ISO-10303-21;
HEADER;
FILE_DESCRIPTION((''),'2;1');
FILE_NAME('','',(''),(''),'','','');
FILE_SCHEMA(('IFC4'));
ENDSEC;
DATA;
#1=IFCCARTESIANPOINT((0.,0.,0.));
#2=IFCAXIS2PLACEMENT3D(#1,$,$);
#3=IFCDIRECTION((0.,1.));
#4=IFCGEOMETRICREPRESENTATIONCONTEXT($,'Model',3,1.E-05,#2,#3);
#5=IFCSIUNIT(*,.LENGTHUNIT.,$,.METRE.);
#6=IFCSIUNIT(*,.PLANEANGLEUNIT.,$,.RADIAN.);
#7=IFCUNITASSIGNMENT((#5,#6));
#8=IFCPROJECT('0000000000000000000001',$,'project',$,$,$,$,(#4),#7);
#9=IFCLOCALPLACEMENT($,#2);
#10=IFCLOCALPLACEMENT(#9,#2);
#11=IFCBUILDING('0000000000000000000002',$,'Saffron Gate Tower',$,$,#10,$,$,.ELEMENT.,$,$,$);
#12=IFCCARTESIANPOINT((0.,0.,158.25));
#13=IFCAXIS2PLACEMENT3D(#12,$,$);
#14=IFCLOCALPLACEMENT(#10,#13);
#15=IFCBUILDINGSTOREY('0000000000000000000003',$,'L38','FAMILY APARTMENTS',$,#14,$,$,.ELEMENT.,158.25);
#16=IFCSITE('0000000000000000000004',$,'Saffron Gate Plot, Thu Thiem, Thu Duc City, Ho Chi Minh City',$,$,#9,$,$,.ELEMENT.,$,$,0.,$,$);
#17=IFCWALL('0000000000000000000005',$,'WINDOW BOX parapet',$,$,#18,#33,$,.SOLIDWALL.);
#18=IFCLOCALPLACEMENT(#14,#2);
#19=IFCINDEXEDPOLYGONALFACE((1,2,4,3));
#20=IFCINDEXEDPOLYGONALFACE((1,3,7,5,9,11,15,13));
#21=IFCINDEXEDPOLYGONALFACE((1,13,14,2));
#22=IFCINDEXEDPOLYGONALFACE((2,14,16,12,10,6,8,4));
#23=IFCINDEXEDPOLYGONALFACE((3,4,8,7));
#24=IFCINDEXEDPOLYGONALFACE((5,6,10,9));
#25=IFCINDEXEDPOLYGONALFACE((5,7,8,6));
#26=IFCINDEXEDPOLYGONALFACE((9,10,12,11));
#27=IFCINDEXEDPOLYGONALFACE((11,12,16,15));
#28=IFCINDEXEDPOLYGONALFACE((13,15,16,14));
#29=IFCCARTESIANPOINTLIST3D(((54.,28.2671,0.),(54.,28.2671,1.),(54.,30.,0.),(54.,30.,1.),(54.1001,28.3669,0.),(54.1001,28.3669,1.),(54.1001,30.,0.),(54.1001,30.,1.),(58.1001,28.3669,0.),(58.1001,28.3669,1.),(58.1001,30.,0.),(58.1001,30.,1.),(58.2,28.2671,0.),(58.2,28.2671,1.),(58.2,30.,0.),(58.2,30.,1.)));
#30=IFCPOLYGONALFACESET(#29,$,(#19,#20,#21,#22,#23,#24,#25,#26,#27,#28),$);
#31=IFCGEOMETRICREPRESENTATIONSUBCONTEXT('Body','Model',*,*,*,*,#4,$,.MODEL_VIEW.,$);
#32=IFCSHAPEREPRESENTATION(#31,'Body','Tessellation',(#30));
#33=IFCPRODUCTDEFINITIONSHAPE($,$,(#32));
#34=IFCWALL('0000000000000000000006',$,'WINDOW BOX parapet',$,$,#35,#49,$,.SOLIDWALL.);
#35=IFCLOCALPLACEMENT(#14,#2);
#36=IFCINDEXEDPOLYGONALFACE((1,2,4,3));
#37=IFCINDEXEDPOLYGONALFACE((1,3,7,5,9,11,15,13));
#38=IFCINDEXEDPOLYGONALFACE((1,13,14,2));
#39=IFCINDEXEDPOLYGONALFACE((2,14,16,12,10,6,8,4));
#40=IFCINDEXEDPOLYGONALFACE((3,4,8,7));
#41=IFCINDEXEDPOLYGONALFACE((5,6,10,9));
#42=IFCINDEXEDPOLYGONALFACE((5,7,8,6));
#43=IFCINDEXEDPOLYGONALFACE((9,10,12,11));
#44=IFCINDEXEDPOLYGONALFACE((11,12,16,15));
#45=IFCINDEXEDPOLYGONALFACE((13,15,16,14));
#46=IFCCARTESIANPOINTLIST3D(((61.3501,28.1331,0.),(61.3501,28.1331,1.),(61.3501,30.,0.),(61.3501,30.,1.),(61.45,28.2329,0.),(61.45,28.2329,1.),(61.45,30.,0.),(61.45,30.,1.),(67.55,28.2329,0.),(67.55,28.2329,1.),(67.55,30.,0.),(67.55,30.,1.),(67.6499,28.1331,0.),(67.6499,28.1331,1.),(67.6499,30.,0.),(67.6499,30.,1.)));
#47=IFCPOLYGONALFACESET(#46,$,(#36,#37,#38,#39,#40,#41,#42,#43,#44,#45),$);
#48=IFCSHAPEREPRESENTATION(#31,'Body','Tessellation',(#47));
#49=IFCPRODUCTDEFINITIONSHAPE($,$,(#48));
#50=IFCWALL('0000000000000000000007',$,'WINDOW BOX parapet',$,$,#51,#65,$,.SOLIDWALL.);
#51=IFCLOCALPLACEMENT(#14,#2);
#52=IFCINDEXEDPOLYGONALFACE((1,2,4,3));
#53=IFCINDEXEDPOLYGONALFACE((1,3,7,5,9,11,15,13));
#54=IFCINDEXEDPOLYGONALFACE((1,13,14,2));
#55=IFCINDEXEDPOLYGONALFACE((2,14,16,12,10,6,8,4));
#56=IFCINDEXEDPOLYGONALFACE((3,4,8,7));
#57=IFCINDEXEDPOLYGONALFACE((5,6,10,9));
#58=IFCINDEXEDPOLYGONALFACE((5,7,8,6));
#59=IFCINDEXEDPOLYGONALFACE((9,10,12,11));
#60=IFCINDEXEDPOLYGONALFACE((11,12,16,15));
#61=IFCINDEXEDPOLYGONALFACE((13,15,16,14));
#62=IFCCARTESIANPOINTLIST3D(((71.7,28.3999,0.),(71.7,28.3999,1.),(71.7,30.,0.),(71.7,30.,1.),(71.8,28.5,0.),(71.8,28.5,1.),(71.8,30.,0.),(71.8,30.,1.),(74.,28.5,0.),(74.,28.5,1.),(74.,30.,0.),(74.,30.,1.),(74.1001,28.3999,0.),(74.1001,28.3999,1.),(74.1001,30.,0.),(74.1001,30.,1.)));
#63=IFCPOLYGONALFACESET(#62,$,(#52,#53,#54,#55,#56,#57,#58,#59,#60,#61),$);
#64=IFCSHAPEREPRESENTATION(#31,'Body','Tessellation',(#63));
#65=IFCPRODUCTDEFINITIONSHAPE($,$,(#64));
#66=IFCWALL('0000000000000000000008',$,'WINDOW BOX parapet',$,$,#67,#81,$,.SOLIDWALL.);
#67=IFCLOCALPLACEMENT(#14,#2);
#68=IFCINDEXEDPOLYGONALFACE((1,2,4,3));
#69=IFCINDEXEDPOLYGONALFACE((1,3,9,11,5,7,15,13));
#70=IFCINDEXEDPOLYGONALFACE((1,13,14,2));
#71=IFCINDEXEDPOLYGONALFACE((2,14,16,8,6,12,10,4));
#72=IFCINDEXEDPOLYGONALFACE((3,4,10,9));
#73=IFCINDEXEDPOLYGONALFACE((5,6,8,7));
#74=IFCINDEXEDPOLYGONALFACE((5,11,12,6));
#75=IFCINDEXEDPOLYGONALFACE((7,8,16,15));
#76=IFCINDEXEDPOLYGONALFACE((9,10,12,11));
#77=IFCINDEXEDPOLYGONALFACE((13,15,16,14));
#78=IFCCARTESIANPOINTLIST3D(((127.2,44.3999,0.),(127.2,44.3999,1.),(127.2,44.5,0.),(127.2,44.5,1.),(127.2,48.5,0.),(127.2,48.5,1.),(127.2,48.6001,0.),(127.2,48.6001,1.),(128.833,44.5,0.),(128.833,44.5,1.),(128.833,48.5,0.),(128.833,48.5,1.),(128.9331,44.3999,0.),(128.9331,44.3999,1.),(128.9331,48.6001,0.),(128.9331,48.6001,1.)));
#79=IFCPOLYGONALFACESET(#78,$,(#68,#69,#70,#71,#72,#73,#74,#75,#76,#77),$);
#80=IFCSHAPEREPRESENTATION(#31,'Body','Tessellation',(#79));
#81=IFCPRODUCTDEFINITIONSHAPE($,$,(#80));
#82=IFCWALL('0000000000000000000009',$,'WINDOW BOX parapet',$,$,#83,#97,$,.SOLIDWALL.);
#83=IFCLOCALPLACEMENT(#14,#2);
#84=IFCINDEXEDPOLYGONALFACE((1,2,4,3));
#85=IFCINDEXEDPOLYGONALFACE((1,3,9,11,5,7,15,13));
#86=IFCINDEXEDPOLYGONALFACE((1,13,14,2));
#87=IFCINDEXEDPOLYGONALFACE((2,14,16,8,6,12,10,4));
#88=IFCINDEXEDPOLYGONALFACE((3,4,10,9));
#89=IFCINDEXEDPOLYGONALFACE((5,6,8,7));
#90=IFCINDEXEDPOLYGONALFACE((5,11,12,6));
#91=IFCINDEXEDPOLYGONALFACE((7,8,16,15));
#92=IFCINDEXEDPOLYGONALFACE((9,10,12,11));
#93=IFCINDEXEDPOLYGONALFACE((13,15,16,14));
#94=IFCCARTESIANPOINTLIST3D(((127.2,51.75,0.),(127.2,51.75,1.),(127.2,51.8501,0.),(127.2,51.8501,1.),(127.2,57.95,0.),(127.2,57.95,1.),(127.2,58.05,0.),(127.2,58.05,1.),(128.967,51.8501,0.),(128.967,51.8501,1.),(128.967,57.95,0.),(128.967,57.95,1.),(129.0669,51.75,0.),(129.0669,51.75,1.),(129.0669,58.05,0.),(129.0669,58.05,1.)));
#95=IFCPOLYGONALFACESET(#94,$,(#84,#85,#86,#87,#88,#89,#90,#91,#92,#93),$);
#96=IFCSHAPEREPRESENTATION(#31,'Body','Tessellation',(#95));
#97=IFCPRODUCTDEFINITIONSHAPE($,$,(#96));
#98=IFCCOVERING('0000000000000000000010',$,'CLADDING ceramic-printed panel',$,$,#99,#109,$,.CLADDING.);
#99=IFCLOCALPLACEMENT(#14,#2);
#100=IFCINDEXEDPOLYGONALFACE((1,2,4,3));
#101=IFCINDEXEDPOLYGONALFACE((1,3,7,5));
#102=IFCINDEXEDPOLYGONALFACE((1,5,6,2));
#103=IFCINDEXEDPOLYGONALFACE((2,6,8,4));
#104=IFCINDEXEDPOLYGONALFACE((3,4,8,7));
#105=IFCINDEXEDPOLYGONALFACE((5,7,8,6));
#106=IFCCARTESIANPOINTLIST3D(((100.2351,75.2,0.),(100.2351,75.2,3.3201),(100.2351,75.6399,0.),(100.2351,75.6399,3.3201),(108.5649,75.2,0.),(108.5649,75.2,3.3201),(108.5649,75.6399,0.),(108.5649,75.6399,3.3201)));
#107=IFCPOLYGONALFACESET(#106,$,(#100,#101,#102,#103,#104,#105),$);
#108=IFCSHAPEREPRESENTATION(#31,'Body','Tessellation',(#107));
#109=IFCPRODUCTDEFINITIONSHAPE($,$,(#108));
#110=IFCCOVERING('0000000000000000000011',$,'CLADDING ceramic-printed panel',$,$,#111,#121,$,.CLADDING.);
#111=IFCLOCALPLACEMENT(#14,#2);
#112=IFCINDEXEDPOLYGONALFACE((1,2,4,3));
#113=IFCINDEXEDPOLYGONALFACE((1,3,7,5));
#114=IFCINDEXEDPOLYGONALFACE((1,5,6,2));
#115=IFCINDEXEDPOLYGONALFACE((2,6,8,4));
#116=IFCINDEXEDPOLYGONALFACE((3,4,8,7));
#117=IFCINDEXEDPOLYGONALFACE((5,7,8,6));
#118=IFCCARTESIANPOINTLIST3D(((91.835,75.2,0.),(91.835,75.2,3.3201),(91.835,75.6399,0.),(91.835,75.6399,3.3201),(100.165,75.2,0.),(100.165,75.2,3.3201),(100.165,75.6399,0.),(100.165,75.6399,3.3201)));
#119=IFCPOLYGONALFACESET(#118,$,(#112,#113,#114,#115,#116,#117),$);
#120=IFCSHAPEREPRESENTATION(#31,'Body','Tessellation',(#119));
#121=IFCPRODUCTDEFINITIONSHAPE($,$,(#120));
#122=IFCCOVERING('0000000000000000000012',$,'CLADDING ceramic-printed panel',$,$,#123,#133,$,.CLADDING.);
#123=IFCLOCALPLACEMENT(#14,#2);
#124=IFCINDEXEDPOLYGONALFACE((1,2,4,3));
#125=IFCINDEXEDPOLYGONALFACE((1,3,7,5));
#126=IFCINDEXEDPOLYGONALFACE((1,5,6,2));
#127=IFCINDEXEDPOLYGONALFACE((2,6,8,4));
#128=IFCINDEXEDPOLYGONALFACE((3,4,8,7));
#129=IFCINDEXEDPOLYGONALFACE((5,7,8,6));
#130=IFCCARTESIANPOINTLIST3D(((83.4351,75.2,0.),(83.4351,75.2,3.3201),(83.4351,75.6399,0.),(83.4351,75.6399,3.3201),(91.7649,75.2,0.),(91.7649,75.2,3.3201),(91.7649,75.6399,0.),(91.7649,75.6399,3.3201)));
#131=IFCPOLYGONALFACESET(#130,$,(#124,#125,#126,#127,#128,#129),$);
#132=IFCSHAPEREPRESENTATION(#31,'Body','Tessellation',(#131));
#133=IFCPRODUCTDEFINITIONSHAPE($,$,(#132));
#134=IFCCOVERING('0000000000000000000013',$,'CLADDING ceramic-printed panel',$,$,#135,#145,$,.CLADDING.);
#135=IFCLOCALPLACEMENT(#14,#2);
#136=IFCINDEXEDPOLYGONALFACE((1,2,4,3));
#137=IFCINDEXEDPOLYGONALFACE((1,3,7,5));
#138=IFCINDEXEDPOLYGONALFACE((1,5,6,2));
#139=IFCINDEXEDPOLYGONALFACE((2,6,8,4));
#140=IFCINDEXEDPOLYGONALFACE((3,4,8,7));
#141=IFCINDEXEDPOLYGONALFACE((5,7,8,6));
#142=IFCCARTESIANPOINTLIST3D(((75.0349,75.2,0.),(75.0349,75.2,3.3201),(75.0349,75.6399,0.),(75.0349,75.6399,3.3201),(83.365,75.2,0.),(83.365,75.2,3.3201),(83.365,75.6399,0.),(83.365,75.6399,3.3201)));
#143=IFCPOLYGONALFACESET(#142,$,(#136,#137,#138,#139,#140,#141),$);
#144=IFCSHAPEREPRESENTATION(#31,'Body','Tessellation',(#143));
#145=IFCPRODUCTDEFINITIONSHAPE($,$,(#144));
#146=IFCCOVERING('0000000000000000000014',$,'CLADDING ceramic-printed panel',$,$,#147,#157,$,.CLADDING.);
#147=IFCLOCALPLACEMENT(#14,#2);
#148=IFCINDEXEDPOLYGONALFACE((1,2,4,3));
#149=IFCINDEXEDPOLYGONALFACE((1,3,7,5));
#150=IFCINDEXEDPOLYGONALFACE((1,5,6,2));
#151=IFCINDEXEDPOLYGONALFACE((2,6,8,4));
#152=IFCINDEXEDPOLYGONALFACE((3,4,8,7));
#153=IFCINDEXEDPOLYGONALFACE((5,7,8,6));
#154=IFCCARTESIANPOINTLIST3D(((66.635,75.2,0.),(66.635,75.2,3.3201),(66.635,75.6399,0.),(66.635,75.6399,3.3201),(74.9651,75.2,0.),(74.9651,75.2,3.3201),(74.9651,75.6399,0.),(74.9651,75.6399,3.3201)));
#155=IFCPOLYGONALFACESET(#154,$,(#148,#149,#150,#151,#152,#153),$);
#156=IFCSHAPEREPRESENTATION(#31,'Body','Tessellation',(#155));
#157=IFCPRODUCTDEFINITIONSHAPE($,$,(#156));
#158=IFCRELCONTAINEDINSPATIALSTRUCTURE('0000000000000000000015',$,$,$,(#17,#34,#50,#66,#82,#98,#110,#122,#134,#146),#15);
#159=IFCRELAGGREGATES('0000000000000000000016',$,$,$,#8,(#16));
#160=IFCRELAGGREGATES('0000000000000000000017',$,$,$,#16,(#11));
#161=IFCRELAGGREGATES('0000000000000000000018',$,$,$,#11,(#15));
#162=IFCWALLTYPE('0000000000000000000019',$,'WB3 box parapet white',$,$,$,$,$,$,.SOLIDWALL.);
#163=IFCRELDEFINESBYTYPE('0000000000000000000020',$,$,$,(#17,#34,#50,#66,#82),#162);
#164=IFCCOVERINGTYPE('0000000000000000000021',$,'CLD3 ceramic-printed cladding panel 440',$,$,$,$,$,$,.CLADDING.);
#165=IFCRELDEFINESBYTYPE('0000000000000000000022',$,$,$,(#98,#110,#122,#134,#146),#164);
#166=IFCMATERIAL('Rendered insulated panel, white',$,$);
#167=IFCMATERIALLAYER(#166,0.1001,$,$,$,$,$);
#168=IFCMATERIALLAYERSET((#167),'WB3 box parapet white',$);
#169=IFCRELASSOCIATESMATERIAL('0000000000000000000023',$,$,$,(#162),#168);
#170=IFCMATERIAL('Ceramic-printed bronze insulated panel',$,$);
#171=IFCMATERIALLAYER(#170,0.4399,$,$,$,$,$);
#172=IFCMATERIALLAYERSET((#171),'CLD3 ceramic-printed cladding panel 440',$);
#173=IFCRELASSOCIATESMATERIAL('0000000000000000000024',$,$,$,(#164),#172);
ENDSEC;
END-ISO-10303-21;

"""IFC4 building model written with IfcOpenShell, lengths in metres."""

from ifc_helpers import new_model, si_unit, direction, frame, origin, place, context, subcontext, project, spatial, polyline, outline, extrude, material, layer, layer_set, type_object, element, save


model = new_model("IFC4")

# Units and contexts
model_context = context("Model", 3, precision=1e-05, world=origin(), true_north=direction((0.0, 1.0)))
body_context = subcontext(model_context, "Body", "Model", "MODEL_VIEW")
ifc_project = project(units=[si_unit("LENGTHUNIT", "METRE"), si_unit("PLANEANGLEUNIT", "RADIAN")], contexts=[model_context])

# Site, building, storey
site_placement = place(None, origin())
site = spatial("IfcSite", under=ifc_project, at=site_placement, Name="Saffron Gate Plot, Thu Thiem, Thu Duc City, Ho Chi Minh City", CompositionType="ELEMENT", RefElevation=0.0)
building_placement = place(site_placement, origin())
building = spatial("IfcBuilding", under=site, at=building_placement, Name="Saffron Gate Tower", CompositionType="ELEMENT")
storey_placement = place(building_placement, frame((0.0, 0.0, 158.25)))
storey = spatial("IfcBuildingStorey", under=building, at=storey_placement, Name="L38", Description="FAMILY APARTMENTS", CompositionType="ELEMENT", Elevation=158.25)

# Walls
ifc_material_1 = material(Name="Rendered insulated panel, white")
ifc_layer_1 = layer(ifc_material_1, 0.1001)
ifc_layer_set_1 = layer_set([ifc_layer_1], Name="WB3 box parapet white")
wall_type = type_object("IfcWallType", Name="WB3 box parapet white", PredefinedType="SOLIDWALL", material=ifc_layer_set_1)
wall_1_placement = place(storey_placement, origin())
element("IfcWall", 1, at=wall_1_placement, inside=storey, type_object=wall_type, Name="WINDOW BOX parapet", PredefinedType="SOLIDWALL", context=body_context, shape_type="SweptSolid", body=[
    extrude(outline(polyline([(54.0, 30.0), (54.1001, 30.0), (54.1001, 28.3669), (58.1001, 28.3669), (58.1001, 30.0), (58.2, 30.0), (58.2, 28.2671), (54.0, 28.2671), (54.0, 30.0)])), origin(), (0.0, 0.0, 1.0), 1.0),
])
wall_2_placement = place(storey_placement, origin())
element("IfcWall", 2, at=wall_2_placement, inside=storey, type_object=wall_type, Name="WINDOW BOX parapet", PredefinedType="SOLIDWALL", context=body_context, shape_type="SweptSolid", body=[
    extrude(outline(polyline([(61.3501, 30.0), (61.45, 30.0), (61.45, 28.2329), (67.55, 28.2329), (67.55, 30.0), (67.6499, 30.0), (67.6499, 28.1331), (61.3501, 28.1331), (61.3501, 30.0)])), origin(), (0.0, 0.0, 1.0), 1.0),
])
wall_3_placement = place(storey_placement, origin())
element("IfcWall", 3, at=wall_3_placement, inside=storey, type_object=wall_type, Name="WINDOW BOX parapet", PredefinedType="SOLIDWALL", context=body_context, shape_type="SweptSolid", body=[
    extrude(outline(polyline([(71.7, 30.0), (71.8, 30.0), (71.8, 28.5), (74.0, 28.5), (74.0, 30.0), (74.1001, 30.0), (74.1001, 28.3999), (71.7, 28.3999), (71.7, 30.0)])), origin(), (0.0, 0.0, 1.0), 1.0),
])
wall_4_placement = place(storey_placement, origin())
element("IfcWall", 4, at=wall_4_placement, inside=storey, type_object=wall_type, Name="WINDOW BOX parapet", PredefinedType="SOLIDWALL", context=body_context, shape_type="SweptSolid", body=[
    extrude(outline(polyline([(127.2, 44.3999), (127.2, 44.5), (128.833, 44.5), (128.833, 48.5), (127.2, 48.5), (127.2, 48.6001), (128.9331, 48.6001), (128.9331, 44.3999), (127.2, 44.3999)])), origin(), (0.0, 0.0, 1.0), 1.0),
])
wall_5_placement = place(storey_placement, origin())
element("IfcWall", 5, at=wall_5_placement, inside=storey, type_object=wall_type, Name="WINDOW BOX parapet", PredefinedType="SOLIDWALL", context=body_context, shape_type="SweptSolid", body=[
    extrude(outline(polyline([(127.2, 51.75), (127.2, 51.8501), (128.967, 51.8501), (128.967, 57.95), (127.2, 57.95), (127.2, 58.05), (129.0669, 58.05), (129.0669, 51.75), (127.2, 51.75)])), origin(), (0.0, 0.0, 1.0), 1.0),
])

# Coverings
ifc_material_2 = material(Name="Ceramic-printed bronze insulated panel")
ifc_layer_2 = layer(ifc_material_2, 0.4399)
ifc_layer_set_2 = layer_set([ifc_layer_2], Name="CLD3 ceramic-printed cladding panel 440")
covering_type = type_object("IfcCoveringType", Name="CLD3 ceramic-printed cladding panel 440", PredefinedType="CLADDING", material=ifc_layer_set_2)
covering_1_placement = place(storey_placement, origin())
element("IfcCovering", 6, at=covering_1_placement, inside=storey, type_object=covering_type, Name="CLADDING ceramic-printed panel", PredefinedType="CLADDING", context=body_context, shape_type="SweptSolid", body=[
    extrude(outline(polyline([(108.5649, 75.6399), (100.2351, 75.6399), (100.2351, 75.2), (108.5649, 75.2), (108.5649, 75.6399)])), origin(), (0.0, 0.0, 1.0), 3.3201),
])
covering_2_placement = place(storey_placement, origin())
element("IfcCovering", 7, at=covering_2_placement, inside=storey, type_object=covering_type, Name="CLADDING ceramic-printed panel", PredefinedType="CLADDING", context=body_context, shape_type="SweptSolid", body=[
    extrude(outline(polyline([(100.165, 75.6399), (91.835, 75.6399), (91.835, 75.2), (100.165, 75.2), (100.165, 75.6399)])), origin(), (0.0, 0.0, 1.0), 3.3201),
])
covering_3_placement = place(storey_placement, origin())
element("IfcCovering", 8, at=covering_3_placement, inside=storey, type_object=covering_type, Name="CLADDING ceramic-printed panel", PredefinedType="CLADDING", context=body_context, shape_type="SweptSolid", body=[
    extrude(outline(polyline([(91.7649, 75.6399), (83.4351, 75.6399), (83.4351, 75.2), (91.7649, 75.2), (91.7649, 75.6399)])), origin(), (0.0, 0.0, 1.0), 3.3201),
])
covering_4_placement = place(storey_placement, origin())
element("IfcCovering", 9, at=covering_4_placement, inside=storey, type_object=covering_type, Name="CLADDING ceramic-printed panel", PredefinedType="CLADDING", context=body_context, shape_type="SweptSolid", body=[
    extrude(outline(polyline([(83.365, 75.6399), (75.0349, 75.6399), (75.0349, 75.2), (83.365, 75.2), (83.365, 75.6399)])), origin(), (0.0, 0.0, 1.0), 3.3201),
])
covering_5_placement = place(storey_placement, origin())
element("IfcCovering", 10, at=covering_5_placement, inside=storey, type_object=covering_type, Name="CLADDING ceramic-printed panel", PredefinedType="CLADDING", context=body_context, shape_type="SweptSolid", body=[
    extrude(outline(polyline([(74.9651, 75.6399), (66.635, 75.6399), (66.635, 75.2), (74.9651, 75.2), (74.9651, 75.6399)])), origin(), (0.0, 0.0, 1.0), 3.3201),
])

save(model, "model.ifc")
